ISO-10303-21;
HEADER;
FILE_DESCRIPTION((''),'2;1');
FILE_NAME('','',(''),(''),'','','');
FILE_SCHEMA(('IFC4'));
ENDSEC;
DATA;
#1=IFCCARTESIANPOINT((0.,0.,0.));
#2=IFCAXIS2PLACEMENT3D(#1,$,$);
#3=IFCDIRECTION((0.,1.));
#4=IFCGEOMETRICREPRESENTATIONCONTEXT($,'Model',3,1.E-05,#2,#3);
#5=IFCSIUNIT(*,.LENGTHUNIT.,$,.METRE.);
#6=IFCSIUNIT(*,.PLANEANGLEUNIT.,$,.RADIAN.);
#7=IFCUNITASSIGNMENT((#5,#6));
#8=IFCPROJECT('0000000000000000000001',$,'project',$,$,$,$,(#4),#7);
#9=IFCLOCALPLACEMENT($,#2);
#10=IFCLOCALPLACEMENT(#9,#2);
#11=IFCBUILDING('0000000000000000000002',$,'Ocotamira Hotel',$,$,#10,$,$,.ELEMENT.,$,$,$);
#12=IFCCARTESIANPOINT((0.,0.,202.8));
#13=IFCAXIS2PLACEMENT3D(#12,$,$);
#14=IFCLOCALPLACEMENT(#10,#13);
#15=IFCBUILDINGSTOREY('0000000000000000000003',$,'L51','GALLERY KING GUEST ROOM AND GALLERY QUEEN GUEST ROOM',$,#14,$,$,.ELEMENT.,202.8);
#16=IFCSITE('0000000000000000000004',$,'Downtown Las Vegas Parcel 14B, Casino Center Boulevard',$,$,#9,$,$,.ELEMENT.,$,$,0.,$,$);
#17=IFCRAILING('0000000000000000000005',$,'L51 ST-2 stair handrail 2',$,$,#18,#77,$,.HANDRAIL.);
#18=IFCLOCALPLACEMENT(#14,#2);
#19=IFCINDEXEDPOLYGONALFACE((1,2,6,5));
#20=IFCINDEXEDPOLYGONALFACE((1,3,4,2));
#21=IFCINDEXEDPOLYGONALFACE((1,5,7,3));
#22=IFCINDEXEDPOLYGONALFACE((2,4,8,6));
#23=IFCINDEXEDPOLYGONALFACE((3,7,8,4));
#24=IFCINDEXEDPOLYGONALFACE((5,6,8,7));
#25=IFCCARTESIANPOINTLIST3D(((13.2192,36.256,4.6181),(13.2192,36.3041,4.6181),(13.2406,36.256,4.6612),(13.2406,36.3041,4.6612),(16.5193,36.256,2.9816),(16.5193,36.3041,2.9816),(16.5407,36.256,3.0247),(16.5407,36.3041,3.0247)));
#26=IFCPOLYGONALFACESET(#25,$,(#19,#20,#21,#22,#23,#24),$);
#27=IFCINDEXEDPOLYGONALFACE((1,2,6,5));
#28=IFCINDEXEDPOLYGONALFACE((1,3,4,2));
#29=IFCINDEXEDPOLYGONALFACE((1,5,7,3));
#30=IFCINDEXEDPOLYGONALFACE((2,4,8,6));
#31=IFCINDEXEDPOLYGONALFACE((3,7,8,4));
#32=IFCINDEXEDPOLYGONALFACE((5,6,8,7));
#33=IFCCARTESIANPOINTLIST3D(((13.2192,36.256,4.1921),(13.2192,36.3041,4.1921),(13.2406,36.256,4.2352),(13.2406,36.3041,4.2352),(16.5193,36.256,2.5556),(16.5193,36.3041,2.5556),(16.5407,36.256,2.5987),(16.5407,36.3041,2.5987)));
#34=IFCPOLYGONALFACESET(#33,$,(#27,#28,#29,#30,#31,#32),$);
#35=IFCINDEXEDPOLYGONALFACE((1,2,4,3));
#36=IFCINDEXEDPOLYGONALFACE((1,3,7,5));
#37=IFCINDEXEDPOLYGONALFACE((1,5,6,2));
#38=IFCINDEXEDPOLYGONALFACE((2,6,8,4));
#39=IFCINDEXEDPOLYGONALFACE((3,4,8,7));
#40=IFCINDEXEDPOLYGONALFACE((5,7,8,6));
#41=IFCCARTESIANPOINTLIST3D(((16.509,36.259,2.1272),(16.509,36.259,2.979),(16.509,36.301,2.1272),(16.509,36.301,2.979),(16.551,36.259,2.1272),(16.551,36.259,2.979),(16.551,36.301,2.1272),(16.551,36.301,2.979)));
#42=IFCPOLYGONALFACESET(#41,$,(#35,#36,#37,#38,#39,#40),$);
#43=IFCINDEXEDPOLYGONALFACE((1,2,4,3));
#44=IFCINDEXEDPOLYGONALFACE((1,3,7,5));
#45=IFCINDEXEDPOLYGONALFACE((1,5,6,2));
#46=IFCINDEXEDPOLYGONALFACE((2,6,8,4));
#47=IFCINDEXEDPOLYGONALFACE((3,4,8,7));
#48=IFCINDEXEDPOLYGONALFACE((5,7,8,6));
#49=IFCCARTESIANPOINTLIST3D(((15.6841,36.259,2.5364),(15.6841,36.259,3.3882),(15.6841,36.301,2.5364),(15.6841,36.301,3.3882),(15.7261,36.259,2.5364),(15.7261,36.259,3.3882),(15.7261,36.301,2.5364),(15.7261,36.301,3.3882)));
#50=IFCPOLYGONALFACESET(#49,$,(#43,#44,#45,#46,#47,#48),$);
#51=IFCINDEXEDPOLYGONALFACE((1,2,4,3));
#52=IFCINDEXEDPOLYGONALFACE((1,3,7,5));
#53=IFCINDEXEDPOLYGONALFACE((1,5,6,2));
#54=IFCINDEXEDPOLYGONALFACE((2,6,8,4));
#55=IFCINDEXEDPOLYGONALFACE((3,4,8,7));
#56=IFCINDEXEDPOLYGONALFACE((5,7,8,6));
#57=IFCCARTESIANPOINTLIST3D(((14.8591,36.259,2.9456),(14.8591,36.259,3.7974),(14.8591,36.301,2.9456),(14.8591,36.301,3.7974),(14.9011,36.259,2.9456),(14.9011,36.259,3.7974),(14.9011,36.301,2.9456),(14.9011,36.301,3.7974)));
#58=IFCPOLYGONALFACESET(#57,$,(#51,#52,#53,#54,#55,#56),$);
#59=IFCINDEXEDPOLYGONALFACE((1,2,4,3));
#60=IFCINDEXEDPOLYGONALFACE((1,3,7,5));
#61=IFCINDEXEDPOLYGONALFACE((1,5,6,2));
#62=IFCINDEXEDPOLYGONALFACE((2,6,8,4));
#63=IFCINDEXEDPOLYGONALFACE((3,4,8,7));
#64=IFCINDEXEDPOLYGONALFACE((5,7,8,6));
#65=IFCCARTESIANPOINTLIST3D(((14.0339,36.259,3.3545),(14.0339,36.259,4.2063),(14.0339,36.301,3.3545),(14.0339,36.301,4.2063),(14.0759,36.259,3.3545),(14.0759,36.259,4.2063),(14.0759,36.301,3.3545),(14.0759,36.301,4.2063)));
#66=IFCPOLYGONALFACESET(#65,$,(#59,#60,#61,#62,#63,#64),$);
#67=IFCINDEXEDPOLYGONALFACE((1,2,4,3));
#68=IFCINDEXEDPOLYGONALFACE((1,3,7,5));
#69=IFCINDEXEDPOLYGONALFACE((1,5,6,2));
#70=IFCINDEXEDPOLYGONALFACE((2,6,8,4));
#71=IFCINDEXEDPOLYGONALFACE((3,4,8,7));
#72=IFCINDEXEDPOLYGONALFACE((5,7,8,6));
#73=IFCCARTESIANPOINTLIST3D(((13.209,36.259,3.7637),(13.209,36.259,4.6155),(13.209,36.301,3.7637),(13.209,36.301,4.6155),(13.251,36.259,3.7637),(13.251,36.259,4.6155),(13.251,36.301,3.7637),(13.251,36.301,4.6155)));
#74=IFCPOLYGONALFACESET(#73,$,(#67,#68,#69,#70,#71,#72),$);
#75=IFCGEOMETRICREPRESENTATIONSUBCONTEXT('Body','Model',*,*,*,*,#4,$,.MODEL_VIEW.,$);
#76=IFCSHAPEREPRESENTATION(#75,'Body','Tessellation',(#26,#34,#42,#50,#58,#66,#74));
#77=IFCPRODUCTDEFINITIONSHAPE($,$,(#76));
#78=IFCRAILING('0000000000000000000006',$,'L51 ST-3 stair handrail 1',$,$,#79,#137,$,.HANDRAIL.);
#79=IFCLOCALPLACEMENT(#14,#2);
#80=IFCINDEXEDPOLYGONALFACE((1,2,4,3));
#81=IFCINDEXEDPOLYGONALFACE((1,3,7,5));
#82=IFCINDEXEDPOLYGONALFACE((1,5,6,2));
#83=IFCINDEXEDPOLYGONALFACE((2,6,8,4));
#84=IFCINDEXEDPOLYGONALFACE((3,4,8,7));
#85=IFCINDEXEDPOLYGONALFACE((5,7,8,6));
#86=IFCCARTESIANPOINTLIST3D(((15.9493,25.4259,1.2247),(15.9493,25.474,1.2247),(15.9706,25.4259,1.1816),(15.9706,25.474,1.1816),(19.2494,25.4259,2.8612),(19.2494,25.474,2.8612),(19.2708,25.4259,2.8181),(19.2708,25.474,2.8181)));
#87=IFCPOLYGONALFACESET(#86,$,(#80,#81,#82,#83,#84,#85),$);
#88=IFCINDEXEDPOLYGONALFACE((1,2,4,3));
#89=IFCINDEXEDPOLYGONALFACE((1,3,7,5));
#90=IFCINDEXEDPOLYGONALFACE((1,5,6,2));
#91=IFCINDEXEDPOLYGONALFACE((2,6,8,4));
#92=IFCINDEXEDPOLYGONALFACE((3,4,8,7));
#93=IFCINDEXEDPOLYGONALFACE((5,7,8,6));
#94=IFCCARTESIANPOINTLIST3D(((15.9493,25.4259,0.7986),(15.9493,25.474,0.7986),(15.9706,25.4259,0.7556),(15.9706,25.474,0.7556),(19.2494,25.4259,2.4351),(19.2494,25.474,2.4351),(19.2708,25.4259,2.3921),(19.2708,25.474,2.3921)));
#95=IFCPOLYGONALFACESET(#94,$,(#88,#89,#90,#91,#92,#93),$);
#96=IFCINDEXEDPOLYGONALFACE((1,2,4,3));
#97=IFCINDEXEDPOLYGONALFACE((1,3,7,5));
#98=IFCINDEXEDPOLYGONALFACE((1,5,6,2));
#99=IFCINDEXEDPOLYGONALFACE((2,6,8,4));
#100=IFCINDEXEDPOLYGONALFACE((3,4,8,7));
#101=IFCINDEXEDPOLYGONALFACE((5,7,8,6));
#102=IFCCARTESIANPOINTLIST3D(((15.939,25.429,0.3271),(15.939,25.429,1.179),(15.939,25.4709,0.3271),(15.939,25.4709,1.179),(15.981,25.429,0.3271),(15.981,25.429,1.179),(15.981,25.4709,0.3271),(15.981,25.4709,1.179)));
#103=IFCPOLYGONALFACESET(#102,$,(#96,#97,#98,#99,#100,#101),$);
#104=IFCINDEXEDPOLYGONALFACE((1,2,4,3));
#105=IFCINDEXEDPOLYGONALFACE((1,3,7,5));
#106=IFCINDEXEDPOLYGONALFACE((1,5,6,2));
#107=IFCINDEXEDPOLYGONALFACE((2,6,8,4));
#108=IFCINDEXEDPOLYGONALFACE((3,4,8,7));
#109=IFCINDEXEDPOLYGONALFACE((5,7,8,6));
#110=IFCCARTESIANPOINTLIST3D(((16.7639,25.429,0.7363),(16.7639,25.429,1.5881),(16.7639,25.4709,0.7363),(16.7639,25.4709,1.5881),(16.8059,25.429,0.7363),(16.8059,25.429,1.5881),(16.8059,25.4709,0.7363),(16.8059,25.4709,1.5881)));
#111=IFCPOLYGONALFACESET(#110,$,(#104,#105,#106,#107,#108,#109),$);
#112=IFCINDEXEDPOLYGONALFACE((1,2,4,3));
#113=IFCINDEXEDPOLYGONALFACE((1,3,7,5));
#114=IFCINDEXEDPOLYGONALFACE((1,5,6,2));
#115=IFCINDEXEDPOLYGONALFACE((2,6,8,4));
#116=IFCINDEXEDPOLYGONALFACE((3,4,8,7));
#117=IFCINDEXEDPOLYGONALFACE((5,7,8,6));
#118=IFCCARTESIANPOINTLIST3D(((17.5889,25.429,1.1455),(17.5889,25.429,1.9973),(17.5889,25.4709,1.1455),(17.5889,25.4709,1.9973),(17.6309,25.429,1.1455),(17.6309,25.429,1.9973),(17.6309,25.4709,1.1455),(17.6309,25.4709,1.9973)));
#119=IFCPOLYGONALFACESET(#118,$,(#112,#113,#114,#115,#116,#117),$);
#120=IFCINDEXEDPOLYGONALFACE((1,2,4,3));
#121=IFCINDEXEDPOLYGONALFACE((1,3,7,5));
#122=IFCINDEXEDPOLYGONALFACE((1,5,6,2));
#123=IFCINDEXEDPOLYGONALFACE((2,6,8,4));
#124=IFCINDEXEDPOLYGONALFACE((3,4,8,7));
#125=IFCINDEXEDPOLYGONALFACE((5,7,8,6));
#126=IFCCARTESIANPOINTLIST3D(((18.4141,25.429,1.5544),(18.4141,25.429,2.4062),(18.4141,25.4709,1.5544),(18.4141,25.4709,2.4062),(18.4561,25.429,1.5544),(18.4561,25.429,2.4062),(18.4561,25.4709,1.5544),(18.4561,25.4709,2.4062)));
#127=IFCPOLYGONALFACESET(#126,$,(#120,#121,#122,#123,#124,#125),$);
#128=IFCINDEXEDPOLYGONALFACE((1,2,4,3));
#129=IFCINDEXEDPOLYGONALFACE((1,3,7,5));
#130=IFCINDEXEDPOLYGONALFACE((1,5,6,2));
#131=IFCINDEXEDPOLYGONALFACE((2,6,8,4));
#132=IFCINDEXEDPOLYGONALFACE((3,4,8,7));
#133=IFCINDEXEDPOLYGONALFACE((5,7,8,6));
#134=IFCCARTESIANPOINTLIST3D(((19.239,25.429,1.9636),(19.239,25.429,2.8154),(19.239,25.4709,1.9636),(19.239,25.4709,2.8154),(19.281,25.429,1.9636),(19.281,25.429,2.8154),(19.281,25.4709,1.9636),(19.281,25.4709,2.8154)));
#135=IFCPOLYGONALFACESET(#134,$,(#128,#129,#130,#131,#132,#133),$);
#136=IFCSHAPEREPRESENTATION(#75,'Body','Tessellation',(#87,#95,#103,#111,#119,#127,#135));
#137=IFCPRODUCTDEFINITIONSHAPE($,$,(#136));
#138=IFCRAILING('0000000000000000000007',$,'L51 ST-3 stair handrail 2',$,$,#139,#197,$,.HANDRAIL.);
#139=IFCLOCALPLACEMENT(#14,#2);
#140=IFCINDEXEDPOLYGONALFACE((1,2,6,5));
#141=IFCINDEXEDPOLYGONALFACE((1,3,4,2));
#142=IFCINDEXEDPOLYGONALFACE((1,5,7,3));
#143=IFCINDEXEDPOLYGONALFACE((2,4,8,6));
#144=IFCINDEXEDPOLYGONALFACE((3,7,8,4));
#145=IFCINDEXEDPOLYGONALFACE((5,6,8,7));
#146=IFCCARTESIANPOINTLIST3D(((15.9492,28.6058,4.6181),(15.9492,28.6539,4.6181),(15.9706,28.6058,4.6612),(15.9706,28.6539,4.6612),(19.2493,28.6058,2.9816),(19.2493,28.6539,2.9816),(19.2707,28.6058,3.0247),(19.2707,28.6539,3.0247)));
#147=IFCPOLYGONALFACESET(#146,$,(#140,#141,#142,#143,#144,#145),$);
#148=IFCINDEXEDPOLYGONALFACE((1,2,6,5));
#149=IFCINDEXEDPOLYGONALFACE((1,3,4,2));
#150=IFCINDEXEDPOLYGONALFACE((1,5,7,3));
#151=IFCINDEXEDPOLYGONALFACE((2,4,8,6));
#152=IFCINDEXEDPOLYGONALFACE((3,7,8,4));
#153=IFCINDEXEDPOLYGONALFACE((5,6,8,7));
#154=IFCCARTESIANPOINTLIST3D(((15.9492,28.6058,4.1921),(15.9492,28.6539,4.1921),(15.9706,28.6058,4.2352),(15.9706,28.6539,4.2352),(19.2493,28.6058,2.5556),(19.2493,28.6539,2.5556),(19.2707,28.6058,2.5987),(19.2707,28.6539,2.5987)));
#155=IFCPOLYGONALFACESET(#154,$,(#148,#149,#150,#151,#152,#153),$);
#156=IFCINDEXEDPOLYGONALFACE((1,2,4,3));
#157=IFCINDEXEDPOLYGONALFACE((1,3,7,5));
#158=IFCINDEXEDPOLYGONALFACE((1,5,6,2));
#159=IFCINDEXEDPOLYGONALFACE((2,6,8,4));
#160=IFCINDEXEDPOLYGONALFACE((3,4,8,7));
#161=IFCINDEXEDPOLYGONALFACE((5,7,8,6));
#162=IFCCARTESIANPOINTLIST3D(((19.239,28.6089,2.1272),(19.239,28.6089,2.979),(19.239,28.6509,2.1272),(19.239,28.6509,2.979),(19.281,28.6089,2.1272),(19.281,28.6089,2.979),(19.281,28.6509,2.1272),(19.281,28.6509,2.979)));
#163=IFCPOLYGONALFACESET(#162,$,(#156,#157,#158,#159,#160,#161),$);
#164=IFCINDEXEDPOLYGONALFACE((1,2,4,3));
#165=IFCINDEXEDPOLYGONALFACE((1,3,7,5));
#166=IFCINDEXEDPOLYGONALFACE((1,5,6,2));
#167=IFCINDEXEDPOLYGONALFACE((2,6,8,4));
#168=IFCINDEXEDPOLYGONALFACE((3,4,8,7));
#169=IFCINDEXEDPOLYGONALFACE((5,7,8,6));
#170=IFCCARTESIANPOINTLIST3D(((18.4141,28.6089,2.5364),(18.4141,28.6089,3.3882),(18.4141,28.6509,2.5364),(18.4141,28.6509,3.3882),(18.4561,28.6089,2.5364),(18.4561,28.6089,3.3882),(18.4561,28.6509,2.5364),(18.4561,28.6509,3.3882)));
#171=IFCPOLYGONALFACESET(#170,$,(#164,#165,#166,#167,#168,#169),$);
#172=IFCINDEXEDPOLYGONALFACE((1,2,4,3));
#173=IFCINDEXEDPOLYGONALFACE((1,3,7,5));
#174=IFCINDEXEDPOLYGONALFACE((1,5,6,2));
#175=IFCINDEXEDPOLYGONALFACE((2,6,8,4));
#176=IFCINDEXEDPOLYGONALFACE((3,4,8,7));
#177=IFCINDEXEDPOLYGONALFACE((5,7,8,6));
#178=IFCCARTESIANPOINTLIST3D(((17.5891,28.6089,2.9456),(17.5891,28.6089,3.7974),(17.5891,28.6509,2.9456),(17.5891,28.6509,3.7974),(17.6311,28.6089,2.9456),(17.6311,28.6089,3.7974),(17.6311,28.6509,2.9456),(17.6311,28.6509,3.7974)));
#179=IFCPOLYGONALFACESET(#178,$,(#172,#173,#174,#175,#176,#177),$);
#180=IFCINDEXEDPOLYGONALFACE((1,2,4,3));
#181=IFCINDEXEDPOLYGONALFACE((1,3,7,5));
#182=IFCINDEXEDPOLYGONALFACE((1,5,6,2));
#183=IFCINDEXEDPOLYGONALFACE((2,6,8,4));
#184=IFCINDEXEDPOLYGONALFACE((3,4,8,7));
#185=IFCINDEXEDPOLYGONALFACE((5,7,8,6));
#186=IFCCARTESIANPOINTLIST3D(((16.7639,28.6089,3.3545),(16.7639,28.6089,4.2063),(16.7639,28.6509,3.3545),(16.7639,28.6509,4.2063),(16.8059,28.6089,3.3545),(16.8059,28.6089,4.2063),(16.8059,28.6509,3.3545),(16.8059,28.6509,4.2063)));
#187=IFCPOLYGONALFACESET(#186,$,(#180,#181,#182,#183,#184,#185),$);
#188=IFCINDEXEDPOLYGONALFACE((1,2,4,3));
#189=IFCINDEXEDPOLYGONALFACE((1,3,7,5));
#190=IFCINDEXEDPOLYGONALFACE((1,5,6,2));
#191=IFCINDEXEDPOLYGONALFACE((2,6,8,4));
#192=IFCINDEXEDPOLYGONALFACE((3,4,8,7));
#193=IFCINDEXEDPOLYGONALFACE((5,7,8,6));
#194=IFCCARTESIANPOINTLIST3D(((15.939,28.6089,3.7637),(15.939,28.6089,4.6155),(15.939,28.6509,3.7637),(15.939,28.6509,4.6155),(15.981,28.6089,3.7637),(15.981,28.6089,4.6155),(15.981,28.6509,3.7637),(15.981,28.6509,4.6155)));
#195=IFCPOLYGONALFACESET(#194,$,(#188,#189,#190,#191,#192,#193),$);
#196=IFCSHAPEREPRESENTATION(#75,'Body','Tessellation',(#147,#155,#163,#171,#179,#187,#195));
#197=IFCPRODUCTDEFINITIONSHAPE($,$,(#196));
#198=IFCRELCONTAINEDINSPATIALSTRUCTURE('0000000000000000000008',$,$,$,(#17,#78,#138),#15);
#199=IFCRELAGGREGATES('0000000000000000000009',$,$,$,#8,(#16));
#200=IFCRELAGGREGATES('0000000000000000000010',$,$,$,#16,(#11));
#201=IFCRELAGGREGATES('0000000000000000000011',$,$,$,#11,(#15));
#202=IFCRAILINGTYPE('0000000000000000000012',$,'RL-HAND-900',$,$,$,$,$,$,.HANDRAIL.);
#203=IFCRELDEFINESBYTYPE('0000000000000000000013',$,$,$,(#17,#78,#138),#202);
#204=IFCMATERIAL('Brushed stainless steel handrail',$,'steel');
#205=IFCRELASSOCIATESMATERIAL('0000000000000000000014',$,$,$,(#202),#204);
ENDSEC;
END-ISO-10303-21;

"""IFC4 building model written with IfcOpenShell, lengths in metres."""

from ifc_helpers import new_model, si_unit, direction, frame, origin, origin_2d, place, context, subcontext, project, spatial, rectangle, extrude, material, type_object, element, save


model = new_model("IFC4")

# Units and contexts
model_context = context("Model", 3, precision=1e-05, world=origin(), true_north=direction((0.0, 1.0)))
body_context = subcontext(model_context, "Body", "Model", "MODEL_VIEW")
ifc_project = project(units=[si_unit("LENGTHUNIT", "METRE"), si_unit("PLANEANGLEUNIT", "RADIAN")], contexts=[model_context])

# Site, building, storey
site_placement = place(None, origin())
site = spatial("IfcSite", under=ifc_project, at=site_placement, Name="Downtown Las Vegas Parcel 14B, Casino Center Boulevard", CompositionType="ELEMENT", RefElevation=0.0)
building_placement = place(site_placement, origin())
building = spatial("IfcBuilding", under=site, at=building_placement, Name="Ocotamira Hotel", CompositionType="ELEMENT")
storey_placement = place(building_placement, frame((0.0, 0.0, 202.8)))
storey = spatial("IfcBuildingStorey", under=building, at=storey_placement, Name="L51", Description="GALLERY KING GUEST ROOM AND GALLERY QUEEN GUEST ROOM", CompositionType="ELEMENT", Elevation=202.8)

# Railings
ifc_material_1 = material(Name="Brushed stainless steel handrail", Category="steel")
railing_type_1 = type_object("IfcRailingType", Name="RL-HAND-900", PredefinedType="HANDRAIL", material=ifc_material_1)
railing_1_placement = place(storey_placement, frame((16.53, 36.28, 2.1272)))
element("IfcRailing", 1, at=railing_1_placement, inside=storey, type_object=railing_type_1, Name="L51 ST-2 stair handrail 2", PredefinedType="HANDRAIL", context=body_context, shape_type="SweptSolid", body=[
    extrude(rectangle(XDim=0.0481, YDim=0.0481, at=origin_2d()), frame((0.0, 0.0, 0.876), z_axis=(-0.895894, 0.0, 0.444268), x_axis=(0.0, -1.0, 0.0)), (0.0, 0.0, 1.0), 3.6836),
    extrude(rectangle(XDim=0.0481, YDim=0.0481, at=origin_2d()), frame((0.0, 0.0, 0.45), z_axis=(-0.895894, 0.0, 0.444268), x_axis=(0.0, -1.0, 0.0)), (0.0, 0.0, 1.0), 3.6836),
    extrude(rectangle(XDim=0.042, YDim=0.042, at=origin_2d()), origin(), (0.0, 0.0, 1.0), 0.8518),
    extrude(rectangle(XDim=0.042, YDim=0.042, at=origin_2d()), frame((-0.825, 0.0, 0.4092)), (0.0, 0.0, 1.0), 0.8518),
    extrude(rectangle(XDim=0.042, YDim=0.042, at=origin_2d()), frame((-1.6499, 0.0, 0.8184)), (0.0, 0.0, 1.0), 0.8518),
    extrude(rectangle(XDim=0.042, YDim=0.042, at=origin_2d()), frame((-2.4751, 0.0, 1.2273)), (0.0, 0.0, 1.0), 0.8518),
    extrude(rectangle(XDim=0.042, YDim=0.042, at=origin_2d()), frame((-3.3, 0.0, 1.6365)), (0.0, 0.0, 1.0), 0.8518),
])
railing_2_placement = place(storey_placement, frame((15.96, 25.45, 0.3271)))
element("IfcRailing", 2, at=railing_2_placement, inside=storey, type_object=railing_type_1, Name="L51 ST-3 stair handrail 1", PredefinedType="HANDRAIL", context=body_context, shape_type="SweptSolid", body=[
    extrude(rectangle(XDim=0.0481, YDim=0.0481, at=origin_2d()), frame((0.0, 0.0, 0.876), z_axis=(0.895894, 0.0, 0.444268), x_axis=(0.0, 1.0, 0.0)), (0.0, 0.0, 1.0), 3.6836),
    extrude(rectangle(XDim=0.0481, YDim=0.0481, at=origin_2d()), frame((0.0, 0.0, 0.45), z_axis=(0.895894, 0.0, 0.444268), x_axis=(0.0, 1.0, 0.0)), (0.0, 0.0, 1.0), 3.6836),
    extrude(rectangle(XDim=0.042, YDim=0.042, at=origin_2d()), origin(), (0.0, 0.0, 1.0), 0.8518),
    extrude(rectangle(XDim=0.042, YDim=0.042, at=origin_2d()), frame((0.825, 0.0, 0.4092)), (0.0, 0.0, 1.0), 0.8518),
    extrude(rectangle(XDim=0.042, YDim=0.042, at=origin_2d()), frame((1.6499, 0.0, 0.8184)), (0.0, 0.0, 1.0), 0.8518),
    extrude(rectangle(XDim=0.042, YDim=0.042, at=origin_2d()), frame((2.4751, 0.0, 1.2273)), (0.0, 0.0, 1.0), 0.8518),
    extrude(rectangle(XDim=0.042, YDim=0.042, at=origin_2d()), frame((3.3, 0.0, 1.6365)), (0.0, 0.0, 1.0), 0.8518),
])
railing_3_placement = place(storey_placement, frame((19.26, 28.6299, 2.1272)))
element("IfcRailing", 3, at=railing_3_placement, inside=storey, type_object=railing_type_1, Name="L51 ST-3 stair handrail 2", PredefinedType="HANDRAIL", context=body_context, shape_type="SweptSolid", body=[
    extrude(rectangle(XDim=0.0481, YDim=0.0481, at=origin_2d()), frame((0.0, 0.0, 0.876), z_axis=(-0.895894, 0.0, 0.444268), x_axis=(0.0, -1.0, 0.0)), (0.0, 0.0, 1.0), 3.6836),
    extrude(rectangle(XDim=0.0481, YDim=0.0481, at=origin_2d()), frame((0.0, 0.0, 0.45), z_axis=(-0.895894, 0.0, 0.444268), x_axis=(0.0, -1.0, 0.0)), (0.0, 0.0, 1.0), 3.6836),
    extrude(rectangle(XDim=0.042, YDim=0.042, at=origin_2d()), origin(), (0.0, 0.0, 1.0), 0.8518),
    extrude(rectangle(XDim=0.042, YDim=0.042, at=origin_2d()), frame((-0.825, 0.0, 0.4092)), (0.0, 0.0, 1.0), 0.8518),
    extrude(rectangle(XDim=0.042, YDim=0.042, at=origin_2d()), frame((-1.6499, 0.0, 0.8184)), (0.0, 0.0, 1.0), 0.8518),
    extrude(rectangle(XDim=0.042, YDim=0.042, at=origin_2d()), frame((-2.4751, 0.0, 1.2273)), (0.0, 0.0, 1.0), 0.8518),
    extrude(rectangle(XDim=0.042, YDim=0.042, at=origin_2d()), frame((-3.3, 0.0, 1.6365)), (0.0, 0.0, 1.0), 0.8518),
])

save(model, "model.ifc")
